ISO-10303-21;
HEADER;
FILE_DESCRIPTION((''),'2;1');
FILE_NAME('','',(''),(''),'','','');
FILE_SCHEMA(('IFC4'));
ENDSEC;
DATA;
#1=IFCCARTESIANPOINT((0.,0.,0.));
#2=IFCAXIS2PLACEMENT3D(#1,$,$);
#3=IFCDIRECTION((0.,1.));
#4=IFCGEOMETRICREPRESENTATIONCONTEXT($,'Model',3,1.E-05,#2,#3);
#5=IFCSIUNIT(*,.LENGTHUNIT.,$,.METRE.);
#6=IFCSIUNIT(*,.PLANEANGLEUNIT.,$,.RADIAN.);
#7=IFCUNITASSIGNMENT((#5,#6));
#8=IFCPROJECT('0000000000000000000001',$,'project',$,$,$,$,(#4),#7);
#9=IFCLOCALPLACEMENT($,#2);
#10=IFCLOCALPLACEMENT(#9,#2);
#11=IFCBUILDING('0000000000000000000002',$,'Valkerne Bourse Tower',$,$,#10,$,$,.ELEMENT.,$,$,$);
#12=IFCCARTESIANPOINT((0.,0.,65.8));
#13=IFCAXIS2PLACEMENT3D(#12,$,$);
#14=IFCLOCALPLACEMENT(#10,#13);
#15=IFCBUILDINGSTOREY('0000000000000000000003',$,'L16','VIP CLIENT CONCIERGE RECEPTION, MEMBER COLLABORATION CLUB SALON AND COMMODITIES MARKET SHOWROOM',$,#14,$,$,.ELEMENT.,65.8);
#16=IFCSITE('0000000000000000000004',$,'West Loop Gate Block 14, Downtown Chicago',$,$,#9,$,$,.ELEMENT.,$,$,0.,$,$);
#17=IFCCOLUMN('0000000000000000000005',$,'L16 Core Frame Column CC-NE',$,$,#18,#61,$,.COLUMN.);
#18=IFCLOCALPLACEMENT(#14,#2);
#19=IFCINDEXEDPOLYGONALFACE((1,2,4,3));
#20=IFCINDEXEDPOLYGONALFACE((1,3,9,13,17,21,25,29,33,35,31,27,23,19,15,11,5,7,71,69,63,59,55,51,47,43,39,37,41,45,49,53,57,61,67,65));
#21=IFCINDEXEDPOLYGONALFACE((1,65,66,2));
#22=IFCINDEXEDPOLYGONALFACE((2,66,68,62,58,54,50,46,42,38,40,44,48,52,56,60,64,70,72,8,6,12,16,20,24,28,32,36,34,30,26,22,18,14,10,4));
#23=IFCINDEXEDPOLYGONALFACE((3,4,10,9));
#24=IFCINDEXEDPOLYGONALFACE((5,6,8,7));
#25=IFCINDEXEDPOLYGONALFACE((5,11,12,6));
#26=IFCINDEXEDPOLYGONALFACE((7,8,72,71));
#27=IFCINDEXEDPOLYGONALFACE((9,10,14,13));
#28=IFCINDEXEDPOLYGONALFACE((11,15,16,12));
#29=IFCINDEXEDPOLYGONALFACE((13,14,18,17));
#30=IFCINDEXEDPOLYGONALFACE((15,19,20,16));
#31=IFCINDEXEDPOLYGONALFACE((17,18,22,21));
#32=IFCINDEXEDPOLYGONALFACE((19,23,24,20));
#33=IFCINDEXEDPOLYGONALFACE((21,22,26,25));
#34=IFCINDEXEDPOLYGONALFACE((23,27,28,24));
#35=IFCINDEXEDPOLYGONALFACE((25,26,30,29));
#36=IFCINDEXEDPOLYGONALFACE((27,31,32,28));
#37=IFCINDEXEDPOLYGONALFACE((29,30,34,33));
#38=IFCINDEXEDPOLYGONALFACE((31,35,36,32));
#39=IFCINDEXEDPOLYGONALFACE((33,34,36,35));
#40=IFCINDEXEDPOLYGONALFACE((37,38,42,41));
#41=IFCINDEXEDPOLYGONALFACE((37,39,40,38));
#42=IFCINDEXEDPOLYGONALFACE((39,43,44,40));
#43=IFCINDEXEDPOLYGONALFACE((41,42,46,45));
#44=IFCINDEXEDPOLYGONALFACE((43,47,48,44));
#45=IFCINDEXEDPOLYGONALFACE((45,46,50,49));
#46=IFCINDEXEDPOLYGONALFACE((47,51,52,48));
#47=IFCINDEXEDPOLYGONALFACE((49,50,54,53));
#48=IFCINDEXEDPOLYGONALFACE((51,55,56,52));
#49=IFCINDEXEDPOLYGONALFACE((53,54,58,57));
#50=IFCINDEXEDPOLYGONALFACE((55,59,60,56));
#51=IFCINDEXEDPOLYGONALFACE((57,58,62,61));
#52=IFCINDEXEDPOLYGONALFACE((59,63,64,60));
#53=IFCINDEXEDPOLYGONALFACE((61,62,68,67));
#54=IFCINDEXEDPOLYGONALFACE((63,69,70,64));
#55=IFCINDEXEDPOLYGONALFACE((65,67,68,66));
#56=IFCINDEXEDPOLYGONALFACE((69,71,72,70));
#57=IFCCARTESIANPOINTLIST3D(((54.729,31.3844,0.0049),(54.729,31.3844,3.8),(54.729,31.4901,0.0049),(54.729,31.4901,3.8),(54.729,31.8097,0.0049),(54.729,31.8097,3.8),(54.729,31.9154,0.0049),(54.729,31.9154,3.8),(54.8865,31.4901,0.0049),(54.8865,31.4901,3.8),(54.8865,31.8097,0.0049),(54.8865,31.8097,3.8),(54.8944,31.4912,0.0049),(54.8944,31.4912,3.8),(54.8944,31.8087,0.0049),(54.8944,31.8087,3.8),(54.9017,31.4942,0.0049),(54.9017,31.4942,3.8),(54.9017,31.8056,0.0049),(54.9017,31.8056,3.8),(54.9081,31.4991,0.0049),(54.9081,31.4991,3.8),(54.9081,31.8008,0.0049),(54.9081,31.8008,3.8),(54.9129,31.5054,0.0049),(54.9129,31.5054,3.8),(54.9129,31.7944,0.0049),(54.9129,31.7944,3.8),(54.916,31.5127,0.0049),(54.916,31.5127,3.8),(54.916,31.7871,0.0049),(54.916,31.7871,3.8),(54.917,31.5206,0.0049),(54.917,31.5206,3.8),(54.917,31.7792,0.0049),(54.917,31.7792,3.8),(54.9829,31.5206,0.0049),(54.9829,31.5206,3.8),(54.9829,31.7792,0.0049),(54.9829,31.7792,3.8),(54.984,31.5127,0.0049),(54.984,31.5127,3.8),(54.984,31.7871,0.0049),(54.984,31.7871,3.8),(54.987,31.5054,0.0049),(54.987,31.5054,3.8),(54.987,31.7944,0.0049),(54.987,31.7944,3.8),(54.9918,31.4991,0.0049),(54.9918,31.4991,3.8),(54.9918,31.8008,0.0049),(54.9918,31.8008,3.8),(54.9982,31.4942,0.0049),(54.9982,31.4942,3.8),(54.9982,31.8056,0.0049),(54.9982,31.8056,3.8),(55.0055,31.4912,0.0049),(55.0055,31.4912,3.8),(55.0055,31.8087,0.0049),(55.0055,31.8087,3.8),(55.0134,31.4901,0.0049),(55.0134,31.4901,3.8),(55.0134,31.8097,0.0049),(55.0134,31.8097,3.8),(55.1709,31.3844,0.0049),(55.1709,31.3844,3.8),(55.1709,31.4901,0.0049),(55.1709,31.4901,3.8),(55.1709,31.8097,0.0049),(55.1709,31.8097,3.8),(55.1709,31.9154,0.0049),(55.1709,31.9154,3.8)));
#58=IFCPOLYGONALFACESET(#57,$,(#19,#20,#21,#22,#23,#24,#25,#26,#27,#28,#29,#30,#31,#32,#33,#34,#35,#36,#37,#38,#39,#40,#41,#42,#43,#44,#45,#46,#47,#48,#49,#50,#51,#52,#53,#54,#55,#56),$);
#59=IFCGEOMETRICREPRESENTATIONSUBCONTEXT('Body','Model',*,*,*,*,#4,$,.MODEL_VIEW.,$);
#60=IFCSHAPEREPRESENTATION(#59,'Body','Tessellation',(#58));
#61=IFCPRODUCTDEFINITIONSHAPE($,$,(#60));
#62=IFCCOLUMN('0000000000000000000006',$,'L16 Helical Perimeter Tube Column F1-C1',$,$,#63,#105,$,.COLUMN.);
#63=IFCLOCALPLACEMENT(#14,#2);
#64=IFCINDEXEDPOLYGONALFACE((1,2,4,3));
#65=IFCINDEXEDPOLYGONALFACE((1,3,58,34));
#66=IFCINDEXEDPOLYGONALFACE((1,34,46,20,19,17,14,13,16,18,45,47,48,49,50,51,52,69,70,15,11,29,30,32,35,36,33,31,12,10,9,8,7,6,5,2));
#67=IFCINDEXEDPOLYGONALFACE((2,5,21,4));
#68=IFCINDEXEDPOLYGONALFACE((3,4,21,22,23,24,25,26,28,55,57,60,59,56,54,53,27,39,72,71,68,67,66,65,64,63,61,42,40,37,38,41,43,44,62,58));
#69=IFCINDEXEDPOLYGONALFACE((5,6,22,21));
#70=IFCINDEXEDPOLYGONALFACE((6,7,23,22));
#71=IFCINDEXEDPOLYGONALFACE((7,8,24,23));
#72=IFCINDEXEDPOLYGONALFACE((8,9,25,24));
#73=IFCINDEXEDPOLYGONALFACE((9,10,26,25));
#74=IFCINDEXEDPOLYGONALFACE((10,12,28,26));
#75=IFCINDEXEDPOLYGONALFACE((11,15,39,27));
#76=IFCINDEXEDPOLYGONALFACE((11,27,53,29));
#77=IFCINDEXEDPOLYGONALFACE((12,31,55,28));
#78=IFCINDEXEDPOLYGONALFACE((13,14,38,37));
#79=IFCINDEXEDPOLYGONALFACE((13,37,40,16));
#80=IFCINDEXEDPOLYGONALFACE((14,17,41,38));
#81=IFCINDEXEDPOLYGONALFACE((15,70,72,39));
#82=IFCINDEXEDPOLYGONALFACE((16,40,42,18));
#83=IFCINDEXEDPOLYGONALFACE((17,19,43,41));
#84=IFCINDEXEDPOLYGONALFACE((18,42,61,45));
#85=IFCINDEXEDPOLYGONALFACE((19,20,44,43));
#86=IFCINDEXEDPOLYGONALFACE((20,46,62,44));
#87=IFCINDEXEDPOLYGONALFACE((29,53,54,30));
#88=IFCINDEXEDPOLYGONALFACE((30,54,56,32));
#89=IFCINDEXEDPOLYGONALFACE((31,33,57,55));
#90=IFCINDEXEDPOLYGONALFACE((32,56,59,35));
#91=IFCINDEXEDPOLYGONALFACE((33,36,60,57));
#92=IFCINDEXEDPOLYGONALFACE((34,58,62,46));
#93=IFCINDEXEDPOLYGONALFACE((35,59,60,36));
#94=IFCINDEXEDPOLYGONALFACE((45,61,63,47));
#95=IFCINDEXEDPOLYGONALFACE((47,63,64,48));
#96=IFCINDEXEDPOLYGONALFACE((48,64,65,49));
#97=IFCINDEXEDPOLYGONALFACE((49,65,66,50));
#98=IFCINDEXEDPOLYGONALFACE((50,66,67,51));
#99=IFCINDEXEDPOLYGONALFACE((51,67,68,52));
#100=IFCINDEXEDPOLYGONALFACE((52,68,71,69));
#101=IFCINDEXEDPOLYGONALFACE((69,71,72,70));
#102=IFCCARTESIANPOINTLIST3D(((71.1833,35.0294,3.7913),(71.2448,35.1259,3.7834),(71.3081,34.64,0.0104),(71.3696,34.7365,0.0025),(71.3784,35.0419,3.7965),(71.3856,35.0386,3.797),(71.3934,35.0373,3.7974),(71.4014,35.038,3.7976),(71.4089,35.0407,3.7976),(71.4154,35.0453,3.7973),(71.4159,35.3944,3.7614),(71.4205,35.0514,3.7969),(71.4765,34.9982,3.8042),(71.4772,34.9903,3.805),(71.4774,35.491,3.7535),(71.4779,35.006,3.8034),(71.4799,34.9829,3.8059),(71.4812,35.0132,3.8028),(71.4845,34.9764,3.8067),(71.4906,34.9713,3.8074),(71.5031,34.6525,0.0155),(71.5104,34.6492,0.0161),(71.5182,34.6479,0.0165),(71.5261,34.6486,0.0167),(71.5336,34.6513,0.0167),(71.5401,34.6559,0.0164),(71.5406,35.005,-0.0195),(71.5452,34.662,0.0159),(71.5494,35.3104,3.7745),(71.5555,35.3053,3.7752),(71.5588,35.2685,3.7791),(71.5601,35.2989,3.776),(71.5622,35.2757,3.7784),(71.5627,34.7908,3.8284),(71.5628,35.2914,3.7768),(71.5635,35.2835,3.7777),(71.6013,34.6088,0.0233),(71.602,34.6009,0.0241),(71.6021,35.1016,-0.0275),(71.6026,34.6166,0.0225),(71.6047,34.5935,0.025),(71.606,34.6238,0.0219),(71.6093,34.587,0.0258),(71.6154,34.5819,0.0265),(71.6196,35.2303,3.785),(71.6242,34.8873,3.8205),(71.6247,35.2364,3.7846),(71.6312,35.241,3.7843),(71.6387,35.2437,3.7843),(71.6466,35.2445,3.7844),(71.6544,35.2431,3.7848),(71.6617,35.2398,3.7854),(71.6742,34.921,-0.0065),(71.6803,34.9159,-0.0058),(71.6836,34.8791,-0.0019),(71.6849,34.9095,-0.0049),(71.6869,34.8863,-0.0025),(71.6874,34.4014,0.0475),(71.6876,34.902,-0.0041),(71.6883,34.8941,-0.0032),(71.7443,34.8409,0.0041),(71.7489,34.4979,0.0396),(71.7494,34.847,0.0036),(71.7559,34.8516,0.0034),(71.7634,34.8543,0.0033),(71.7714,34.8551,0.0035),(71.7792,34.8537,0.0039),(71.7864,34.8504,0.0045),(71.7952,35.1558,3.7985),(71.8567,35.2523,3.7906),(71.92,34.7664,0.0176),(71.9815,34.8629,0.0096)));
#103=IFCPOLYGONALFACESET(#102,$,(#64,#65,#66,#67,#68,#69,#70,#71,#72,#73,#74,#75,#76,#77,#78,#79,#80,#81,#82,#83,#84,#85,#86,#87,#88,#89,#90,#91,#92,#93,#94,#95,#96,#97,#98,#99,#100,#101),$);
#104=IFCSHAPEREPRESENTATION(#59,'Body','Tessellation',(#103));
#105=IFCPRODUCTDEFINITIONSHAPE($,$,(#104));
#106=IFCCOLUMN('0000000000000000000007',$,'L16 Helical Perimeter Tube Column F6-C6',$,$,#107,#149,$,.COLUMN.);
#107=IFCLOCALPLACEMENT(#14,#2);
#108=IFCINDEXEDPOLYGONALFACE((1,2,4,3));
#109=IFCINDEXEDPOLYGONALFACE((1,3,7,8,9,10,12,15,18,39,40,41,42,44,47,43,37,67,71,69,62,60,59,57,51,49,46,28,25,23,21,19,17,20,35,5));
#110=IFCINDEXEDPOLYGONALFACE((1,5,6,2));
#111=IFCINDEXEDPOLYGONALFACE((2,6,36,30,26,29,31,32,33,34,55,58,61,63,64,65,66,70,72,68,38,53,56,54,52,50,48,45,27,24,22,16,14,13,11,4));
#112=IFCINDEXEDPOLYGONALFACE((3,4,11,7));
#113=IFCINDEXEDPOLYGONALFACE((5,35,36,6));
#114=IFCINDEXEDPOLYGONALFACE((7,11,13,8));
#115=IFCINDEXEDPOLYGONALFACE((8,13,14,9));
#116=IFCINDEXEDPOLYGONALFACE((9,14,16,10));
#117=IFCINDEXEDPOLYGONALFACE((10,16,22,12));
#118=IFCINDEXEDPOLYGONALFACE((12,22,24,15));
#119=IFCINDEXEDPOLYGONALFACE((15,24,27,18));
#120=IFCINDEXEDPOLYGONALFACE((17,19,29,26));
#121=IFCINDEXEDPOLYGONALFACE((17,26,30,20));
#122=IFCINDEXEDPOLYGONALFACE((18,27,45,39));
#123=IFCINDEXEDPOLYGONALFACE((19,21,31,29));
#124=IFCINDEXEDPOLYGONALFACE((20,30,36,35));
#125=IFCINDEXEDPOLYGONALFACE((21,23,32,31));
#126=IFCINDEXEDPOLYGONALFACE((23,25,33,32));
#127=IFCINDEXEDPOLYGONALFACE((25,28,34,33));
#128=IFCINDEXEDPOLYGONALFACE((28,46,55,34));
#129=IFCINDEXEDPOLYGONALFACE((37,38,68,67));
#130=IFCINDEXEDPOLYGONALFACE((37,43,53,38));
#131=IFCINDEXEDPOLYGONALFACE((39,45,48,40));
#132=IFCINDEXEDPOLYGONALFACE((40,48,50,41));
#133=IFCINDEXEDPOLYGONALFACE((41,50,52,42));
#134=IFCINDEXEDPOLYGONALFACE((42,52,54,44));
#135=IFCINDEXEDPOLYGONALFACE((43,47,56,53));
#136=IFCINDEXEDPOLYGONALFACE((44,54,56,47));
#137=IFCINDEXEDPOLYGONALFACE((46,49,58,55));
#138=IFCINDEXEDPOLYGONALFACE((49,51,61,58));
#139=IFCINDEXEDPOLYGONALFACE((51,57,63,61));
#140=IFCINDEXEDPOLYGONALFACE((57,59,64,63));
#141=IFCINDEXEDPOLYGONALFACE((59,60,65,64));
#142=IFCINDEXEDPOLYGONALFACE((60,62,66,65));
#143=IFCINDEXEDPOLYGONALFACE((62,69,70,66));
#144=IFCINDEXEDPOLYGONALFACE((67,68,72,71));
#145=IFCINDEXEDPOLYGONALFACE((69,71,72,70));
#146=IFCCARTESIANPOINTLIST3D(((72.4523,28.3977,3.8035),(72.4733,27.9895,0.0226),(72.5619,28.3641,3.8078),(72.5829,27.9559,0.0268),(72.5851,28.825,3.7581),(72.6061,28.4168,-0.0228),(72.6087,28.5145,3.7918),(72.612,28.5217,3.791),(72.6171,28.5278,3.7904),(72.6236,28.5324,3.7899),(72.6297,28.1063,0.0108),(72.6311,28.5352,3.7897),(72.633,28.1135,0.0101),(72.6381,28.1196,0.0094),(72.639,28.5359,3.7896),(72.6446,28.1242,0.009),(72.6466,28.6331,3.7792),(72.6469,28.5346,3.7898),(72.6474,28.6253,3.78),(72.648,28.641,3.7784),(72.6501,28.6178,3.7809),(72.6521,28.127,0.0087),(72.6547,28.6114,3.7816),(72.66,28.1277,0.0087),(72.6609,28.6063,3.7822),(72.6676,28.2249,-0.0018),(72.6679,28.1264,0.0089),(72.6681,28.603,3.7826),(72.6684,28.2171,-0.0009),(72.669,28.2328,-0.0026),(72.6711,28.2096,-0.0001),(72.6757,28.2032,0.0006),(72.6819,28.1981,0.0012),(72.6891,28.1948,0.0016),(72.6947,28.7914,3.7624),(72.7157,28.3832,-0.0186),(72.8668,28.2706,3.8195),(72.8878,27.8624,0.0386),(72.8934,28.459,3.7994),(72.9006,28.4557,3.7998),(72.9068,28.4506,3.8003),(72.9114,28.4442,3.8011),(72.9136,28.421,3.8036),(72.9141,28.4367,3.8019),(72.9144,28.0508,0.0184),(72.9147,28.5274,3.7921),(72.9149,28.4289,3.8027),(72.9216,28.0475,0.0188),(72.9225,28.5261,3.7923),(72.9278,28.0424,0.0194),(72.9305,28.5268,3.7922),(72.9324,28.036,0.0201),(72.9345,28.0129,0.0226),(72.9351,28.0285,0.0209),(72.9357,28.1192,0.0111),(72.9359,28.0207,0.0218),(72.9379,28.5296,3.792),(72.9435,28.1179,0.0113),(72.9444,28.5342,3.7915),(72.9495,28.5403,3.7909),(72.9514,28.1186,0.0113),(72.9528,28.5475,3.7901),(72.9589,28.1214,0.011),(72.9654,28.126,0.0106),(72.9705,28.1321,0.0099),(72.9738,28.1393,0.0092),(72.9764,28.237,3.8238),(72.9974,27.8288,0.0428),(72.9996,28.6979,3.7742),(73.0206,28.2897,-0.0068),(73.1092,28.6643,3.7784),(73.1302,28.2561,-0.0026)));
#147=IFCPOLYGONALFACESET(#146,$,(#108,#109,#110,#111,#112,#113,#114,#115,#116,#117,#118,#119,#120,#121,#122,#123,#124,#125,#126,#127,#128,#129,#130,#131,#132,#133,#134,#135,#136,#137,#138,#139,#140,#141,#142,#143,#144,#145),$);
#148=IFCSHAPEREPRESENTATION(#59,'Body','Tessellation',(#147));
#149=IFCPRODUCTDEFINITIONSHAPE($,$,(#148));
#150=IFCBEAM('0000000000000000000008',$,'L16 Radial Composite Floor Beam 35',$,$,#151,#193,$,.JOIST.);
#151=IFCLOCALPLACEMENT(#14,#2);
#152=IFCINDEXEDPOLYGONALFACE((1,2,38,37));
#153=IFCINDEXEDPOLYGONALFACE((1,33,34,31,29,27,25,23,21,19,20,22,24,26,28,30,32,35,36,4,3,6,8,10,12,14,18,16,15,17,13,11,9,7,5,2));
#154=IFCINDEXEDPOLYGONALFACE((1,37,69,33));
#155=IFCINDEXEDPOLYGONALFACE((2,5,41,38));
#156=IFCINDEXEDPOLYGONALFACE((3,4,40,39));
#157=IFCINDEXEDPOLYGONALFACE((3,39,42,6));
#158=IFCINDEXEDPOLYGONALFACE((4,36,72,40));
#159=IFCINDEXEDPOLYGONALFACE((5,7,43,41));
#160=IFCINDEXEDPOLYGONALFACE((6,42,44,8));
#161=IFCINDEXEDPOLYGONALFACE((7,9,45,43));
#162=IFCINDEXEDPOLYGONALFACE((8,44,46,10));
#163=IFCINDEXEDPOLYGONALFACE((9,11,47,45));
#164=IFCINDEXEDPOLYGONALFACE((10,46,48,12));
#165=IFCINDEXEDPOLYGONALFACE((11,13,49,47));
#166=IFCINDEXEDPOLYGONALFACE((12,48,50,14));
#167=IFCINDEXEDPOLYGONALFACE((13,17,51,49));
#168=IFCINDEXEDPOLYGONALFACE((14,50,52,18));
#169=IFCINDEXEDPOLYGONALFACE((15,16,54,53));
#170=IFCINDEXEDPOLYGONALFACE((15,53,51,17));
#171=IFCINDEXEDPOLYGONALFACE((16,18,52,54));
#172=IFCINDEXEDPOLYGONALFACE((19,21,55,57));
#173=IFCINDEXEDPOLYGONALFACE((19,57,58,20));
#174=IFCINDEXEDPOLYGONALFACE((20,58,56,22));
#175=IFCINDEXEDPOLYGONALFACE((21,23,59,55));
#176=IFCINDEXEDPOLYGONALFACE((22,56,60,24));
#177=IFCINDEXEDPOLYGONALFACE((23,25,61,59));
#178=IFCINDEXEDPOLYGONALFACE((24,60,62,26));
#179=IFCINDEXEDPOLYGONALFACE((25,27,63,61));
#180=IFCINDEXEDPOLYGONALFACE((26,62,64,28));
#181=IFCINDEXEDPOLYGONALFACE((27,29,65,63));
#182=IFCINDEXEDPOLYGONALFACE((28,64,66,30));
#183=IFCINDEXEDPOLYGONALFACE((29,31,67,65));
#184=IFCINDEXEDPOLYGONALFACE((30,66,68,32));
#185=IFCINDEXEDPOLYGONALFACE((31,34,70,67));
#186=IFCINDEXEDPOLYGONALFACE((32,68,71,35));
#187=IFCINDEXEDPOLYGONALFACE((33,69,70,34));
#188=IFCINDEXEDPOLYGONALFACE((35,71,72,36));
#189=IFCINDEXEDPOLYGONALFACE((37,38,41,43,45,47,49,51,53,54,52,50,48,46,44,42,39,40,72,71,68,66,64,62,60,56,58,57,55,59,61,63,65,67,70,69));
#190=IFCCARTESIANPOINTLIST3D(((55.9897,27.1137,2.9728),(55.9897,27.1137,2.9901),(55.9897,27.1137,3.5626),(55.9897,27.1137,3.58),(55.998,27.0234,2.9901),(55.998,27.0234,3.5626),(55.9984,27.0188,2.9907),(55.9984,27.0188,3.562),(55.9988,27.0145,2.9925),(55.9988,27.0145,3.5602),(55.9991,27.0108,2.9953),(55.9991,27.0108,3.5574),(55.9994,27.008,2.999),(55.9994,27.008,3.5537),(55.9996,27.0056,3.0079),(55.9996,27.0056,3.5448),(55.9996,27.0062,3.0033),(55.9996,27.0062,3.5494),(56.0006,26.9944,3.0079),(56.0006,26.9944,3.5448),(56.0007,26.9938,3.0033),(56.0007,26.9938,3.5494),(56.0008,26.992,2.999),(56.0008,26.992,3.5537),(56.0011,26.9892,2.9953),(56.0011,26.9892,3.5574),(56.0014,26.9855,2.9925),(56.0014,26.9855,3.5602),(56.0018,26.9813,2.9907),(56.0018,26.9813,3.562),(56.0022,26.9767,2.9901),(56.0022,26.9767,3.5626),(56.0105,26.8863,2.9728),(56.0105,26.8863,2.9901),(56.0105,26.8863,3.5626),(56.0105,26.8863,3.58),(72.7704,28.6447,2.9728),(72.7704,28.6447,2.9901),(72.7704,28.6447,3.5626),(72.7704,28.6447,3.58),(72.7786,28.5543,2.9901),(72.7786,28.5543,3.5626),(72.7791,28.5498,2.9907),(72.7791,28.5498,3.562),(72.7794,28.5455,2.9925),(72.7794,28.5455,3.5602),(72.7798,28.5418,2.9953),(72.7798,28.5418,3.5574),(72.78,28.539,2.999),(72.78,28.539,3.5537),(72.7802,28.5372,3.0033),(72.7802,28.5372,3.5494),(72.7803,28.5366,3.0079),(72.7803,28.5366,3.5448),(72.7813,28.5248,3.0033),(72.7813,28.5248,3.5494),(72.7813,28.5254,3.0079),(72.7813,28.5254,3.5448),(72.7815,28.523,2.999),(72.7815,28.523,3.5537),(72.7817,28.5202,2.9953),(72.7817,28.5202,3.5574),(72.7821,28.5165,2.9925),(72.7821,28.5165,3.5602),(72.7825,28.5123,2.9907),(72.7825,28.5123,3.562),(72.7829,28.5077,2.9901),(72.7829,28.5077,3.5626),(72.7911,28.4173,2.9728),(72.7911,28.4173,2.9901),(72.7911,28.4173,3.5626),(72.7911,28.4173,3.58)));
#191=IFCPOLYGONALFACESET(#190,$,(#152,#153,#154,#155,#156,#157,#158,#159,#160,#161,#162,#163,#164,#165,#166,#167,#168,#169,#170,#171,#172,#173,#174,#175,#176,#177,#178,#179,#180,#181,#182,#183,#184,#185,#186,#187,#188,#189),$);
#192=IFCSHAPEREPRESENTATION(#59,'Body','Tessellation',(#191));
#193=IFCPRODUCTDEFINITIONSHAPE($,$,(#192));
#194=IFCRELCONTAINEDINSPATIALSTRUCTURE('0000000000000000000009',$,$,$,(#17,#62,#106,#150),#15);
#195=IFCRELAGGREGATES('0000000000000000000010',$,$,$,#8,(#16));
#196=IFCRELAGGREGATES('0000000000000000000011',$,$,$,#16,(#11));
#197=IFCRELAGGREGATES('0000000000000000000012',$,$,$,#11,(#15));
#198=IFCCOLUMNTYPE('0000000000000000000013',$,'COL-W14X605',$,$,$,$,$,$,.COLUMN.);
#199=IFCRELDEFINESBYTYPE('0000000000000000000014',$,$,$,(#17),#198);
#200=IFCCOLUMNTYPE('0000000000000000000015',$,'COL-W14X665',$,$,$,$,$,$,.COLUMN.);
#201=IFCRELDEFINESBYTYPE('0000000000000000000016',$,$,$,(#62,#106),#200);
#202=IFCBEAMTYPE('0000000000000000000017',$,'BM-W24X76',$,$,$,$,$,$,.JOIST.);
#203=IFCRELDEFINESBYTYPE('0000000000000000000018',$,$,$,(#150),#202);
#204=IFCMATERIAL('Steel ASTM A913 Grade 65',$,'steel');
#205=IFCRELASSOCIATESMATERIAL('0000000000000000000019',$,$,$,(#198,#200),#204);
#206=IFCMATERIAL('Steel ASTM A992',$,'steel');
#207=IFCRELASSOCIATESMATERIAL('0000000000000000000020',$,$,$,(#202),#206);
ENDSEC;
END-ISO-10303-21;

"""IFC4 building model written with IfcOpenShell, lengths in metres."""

from ifc_helpers import new_model, si_unit, direction, frame, origin, origin_2d, place, context, subcontext, project, spatial, i_section, extrude, material, material_profile, profile_set, type_object, element, save


model = new_model("IFC4")

# Units and contexts
model_context = context("Model", 3, precision=1e-05, world=origin(), true_north=direction((0.0, 1.0)))
body_context = subcontext(model_context, "Body", "Model", "MODEL_VIEW")
ifc_project = project(units=[si_unit("LENGTHUNIT", "METRE"), si_unit("PLANEANGLEUNIT", "RADIAN")], contexts=[model_context])

# Site, building, storey
site_placement = place(None, origin())
site = spatial("IfcSite", under=ifc_project, at=site_placement, Name="West Loop Gate Block 14, Downtown Chicago", CompositionType="ELEMENT", RefElevation=0.0)
building_placement = place(site_placement, origin())
building = spatial("IfcBuilding", under=site, at=building_placement, Name="Valkerne Bourse Tower", CompositionType="ELEMENT")
storey_placement = place(building_placement, frame((0.0, 0.0, 65.8)))
storey = spatial("IfcBuildingStorey", under=building, at=storey_placement, Name="L16", Description="VIP CLIENT CONCIERGE RECEPTION, MEMBER COLLABORATION CLUB SALON AND COMMODITIES MARKET SHOWROOM", CompositionType="ELEMENT", Elevation=65.8)

# Columns
ifc_material_1 = material(Name="Steel ASTM A913 Grade 65", Category="steel")
ifc_material_profile_1 = material_profile(ifc_material_1, i_section(OverallWidth=0.4419, OverallDepth=0.531, WebThickness=0.0659, FlangeThickness=0.1057, FilletRadius=0.0305, at=origin_2d()), Name="W14X605")
ifc_profile_set_1 = profile_set([ifc_material_profile_1], Name="Steel ASTM A913 Grade 65")
column_type_1 = type_object("IfcColumnType", Name="COL-W14X605", PredefinedType="COLUMN", material=ifc_profile_set_1)
column_placement = place(storey_placement, frame((54.95, 31.6499, 0.0049), z_axis=(0.0, 0.0, 1.0), x_axis=(1.0, 0.0, 0.0)))
element("IfcColumn", 1, at=column_placement, inside=storey, type_object=column_type_1, Name="L16 Core Frame Column CC-NE", PredefinedType="COLUMN", context=body_context, shape_type="SweptSolid", body=[
    extrude(i_section(OverallWidth=0.4419, OverallDepth=0.531, WebThickness=0.0659, FlangeThickness=0.1057, FilletRadius=0.0305, at=origin_2d()), origin(), (0.0, 0.0, 1.0), 3.7952),
])
ifc_material_profile_2 = material_profile(ifc_material_1, i_section(OverallWidth=0.4497, OverallDepth=0.5486, WebThickness=0.072, FlangeThickness=0.1147, FilletRadius=0.0305, at=origin_2d()), Name="W14X665")
ifc_profile_set_2 = profile_set([ifc_material_profile_2], Name="Steel ASTM A913 Grade 65")
column_type_2 = type_object("IfcColumnType", Name="COL-W14X665", PredefinedType="COLUMN", material=ifc_profile_set_2)
for number, where, z_axis, x_axis, name in (
    (2, (71.6448, 34.7515, 0.01), (-0.032804, 0.102393, 0.994203), (0.843571, -0.530645, 0.082485), "L16 Helical Perimeter Tube Column F1-C1"),
    (3, (72.8018, 28.1228, 0.01), (-0.005521, 0.107336, 0.994207), (-0.295247, -0.950075, 0.100932), "L16 Helical Perimeter Tube Column F6-C6"),
):
    element("IfcColumn", number, at=place(storey_placement, frame(where, z_axis=z_axis, x_axis=x_axis)), inside=storey, type_object=column_type_2, Name=name, PredefinedType="COLUMN", context=body_context, shape_type="SweptSolid", body=[
        extrude(i_section(OverallWidth=0.4497, OverallDepth=0.5486, WebThickness=0.072, FlangeThickness=0.1147, FilletRadius=0.0305, at=origin_2d()), origin(), (0.0, 0.0, 1.0), 3.803),
    ])

# Beam
ifc_material_2 = material(Name="Steel ASTM A992", Category="steel")
ifc_material_profile_3 = material_profile(ifc_material_2, i_section(OverallWidth=0.2283, OverallDepth=0.6072, WebThickness=0.0112, FlangeThickness=0.0173, FilletRadius=0.0178, at=origin_2d()), Name="W24X76")
ifc_profile_set_3 = profile_set([ifc_material_profile_3], Name="Steel ASTM A992")
beam_type_1 = type_object("IfcBeamType", Name="BM-W24X76", PredefinedType="JOIST", material=ifc_profile_set_3)
beam_1_placement = place(storey_placement, frame((72.7808, 28.531, 3.2764), z_axis=(-0.995864, -0.090858, 0.0), x_axis=(0.090858, -0.995864, 0.0)))
element("IfcBeam", 4, at=beam_1_placement, inside=storey, type_object=beam_type_1, Name="L16 Radial Composite Floor Beam 35", PredefinedType="JOIST", context=body_context, shape_type="SweptSolid", body=[
    extrude(i_section(OverallWidth=0.2283, OverallDepth=0.6072, WebThickness=0.0112, FlangeThickness=0.0173, FilletRadius=0.0178, at=origin_2d()), origin(), (0.0, 0.0, 1.0), 16.8503),
])

save(model, "model.ifc")
